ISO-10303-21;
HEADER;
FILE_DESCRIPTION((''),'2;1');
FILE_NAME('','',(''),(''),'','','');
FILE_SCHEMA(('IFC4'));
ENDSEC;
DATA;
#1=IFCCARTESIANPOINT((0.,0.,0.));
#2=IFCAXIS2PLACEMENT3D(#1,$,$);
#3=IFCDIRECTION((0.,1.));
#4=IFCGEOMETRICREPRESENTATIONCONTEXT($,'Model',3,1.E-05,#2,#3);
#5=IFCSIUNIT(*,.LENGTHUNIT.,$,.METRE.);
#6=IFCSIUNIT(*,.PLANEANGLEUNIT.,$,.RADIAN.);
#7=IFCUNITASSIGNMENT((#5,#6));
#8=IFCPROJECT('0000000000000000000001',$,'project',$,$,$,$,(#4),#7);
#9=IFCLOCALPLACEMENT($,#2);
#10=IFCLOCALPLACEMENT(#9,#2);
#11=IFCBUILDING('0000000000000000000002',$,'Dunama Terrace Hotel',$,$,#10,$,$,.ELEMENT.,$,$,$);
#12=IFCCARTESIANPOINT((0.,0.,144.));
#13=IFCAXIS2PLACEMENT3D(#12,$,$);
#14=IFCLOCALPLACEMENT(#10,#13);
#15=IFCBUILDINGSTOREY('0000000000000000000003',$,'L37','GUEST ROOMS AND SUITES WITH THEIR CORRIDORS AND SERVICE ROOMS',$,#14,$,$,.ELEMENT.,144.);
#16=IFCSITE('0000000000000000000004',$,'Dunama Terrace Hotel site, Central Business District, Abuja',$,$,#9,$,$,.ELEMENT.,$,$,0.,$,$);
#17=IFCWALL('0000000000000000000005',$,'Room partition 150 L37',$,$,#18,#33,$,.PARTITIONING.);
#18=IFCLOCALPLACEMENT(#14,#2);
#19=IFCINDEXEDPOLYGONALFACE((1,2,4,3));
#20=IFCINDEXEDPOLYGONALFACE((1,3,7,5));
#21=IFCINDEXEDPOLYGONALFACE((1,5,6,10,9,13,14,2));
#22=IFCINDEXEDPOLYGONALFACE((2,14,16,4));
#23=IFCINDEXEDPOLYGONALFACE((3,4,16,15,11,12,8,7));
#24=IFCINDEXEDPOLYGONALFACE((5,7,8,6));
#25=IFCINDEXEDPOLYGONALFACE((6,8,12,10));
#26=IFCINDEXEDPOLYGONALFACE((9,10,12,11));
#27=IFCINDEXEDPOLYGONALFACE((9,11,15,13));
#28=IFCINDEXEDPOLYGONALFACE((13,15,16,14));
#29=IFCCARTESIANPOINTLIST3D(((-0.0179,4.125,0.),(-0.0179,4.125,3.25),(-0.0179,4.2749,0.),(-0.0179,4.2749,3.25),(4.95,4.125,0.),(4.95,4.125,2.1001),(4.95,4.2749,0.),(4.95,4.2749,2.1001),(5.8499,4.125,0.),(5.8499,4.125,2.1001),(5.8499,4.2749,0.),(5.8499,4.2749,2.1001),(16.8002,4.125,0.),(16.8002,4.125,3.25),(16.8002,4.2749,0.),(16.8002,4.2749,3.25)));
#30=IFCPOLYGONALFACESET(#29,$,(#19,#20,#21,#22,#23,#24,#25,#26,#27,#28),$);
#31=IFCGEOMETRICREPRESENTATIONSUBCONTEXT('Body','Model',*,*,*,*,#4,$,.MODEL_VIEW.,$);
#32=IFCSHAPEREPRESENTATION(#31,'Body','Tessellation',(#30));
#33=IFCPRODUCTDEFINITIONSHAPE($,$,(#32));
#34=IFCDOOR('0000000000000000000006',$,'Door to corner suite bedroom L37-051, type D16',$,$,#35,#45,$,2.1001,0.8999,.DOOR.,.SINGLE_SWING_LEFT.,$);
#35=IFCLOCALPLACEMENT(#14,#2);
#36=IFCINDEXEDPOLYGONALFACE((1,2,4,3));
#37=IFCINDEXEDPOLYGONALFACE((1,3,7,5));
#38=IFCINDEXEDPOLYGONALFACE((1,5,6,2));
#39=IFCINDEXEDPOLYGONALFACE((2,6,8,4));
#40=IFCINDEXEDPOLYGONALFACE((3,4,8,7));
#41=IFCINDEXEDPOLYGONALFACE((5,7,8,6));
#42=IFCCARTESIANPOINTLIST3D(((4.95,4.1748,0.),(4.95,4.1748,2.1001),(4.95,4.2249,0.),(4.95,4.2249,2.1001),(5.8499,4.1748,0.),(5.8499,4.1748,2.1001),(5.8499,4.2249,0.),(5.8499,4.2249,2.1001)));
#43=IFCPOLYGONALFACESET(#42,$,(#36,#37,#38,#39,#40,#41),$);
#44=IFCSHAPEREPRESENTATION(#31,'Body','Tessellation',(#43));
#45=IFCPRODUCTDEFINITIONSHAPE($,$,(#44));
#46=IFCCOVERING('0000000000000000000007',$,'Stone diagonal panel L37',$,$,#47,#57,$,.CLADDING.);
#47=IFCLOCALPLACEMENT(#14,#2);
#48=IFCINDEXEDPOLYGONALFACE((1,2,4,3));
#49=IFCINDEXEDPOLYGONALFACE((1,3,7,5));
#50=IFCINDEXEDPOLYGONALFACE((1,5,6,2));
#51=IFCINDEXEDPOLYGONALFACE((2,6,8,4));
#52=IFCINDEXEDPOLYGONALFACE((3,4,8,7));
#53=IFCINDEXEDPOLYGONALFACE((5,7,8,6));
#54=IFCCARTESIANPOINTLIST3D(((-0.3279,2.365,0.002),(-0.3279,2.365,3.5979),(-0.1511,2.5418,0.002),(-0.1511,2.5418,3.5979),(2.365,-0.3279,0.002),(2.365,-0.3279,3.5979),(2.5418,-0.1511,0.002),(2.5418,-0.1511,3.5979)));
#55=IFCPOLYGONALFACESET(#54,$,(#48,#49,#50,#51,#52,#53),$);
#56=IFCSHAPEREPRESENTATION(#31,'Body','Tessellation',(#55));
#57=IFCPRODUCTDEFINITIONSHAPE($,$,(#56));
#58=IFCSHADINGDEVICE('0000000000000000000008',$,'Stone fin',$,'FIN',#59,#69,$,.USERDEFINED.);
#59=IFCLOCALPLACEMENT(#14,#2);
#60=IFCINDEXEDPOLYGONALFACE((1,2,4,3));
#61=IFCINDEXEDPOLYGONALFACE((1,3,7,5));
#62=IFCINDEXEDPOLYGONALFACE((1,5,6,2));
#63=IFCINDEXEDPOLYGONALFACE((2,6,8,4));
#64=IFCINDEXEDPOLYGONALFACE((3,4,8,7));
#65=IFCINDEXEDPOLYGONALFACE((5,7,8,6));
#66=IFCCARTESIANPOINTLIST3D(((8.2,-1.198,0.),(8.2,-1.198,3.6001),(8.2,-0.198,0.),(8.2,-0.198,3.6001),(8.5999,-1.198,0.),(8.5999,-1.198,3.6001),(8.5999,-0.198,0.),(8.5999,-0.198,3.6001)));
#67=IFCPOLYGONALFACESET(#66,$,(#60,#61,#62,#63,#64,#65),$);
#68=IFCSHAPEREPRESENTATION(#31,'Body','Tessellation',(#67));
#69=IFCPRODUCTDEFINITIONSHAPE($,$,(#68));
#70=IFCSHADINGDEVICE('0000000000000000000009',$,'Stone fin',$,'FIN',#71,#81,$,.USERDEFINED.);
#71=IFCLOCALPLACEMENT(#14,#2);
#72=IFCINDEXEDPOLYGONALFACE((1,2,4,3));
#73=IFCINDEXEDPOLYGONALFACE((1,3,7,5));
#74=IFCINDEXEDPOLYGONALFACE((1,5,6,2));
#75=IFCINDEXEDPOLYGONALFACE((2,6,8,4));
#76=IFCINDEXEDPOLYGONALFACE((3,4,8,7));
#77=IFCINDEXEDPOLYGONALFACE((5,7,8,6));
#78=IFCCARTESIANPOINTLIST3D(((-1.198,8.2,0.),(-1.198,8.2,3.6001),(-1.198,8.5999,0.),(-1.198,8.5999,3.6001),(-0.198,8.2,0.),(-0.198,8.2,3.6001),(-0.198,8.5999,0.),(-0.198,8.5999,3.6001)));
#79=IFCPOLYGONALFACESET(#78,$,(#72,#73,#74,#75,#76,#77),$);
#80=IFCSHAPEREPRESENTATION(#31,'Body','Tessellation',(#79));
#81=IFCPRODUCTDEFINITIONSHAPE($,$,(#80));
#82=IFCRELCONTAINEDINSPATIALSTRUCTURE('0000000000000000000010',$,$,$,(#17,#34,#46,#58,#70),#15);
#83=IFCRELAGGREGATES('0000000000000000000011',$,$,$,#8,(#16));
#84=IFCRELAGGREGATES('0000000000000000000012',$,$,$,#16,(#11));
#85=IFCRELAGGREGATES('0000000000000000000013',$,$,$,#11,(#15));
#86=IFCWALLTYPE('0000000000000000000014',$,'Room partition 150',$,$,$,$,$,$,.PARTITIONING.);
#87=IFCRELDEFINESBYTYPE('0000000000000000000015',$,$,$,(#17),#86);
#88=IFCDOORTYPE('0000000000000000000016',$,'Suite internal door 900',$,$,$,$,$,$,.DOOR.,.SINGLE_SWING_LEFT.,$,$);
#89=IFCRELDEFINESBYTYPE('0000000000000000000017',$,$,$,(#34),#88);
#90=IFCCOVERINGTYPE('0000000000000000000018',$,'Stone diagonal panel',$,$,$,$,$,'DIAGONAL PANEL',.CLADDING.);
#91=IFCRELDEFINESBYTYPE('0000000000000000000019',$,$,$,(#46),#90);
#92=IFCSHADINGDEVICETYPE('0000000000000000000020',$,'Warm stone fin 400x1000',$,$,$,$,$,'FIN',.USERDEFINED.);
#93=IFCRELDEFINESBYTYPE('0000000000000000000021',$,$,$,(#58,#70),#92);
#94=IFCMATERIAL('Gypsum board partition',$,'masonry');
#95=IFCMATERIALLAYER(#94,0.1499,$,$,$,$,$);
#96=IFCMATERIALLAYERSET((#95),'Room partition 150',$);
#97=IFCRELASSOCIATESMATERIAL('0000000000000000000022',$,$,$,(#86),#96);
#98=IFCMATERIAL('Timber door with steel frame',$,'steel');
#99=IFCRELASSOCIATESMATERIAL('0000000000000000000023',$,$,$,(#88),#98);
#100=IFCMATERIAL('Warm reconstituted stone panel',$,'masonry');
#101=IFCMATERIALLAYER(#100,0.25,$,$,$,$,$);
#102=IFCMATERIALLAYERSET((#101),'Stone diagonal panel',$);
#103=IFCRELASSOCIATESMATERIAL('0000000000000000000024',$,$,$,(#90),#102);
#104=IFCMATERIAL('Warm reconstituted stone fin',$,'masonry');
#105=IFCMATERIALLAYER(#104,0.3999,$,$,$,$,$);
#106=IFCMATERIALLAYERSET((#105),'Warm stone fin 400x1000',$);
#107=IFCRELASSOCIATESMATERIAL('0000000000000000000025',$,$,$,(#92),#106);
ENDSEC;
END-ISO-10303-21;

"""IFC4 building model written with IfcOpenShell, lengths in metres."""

from ifc_helpers import new_model, si_unit, direction, frame, frame_2d, origin, origin_2d, place, context, subcontext, project, spatial, rectangle, extrude, material, layer, layer_set, type_object, element, fill, save


model = new_model("IFC4")

# Units and contexts
model_context = context("Model", 3, precision=1e-05, world=origin(), true_north=direction((0.0, 1.0)))
body_context = subcontext(model_context, "Body", "Model", "MODEL_VIEW")
ifc_project = project(units=[si_unit("LENGTHUNIT", "METRE"), si_unit("PLANEANGLEUNIT", "RADIAN")], contexts=[model_context])

# Site, building, storey
site_placement = place(None, origin())
site = spatial("IfcSite", under=ifc_project, at=site_placement, Name="Dunama Terrace Hotel site, Central Business District, Abuja", CompositionType="ELEMENT", RefElevation=0.0)
building_placement = place(site_placement, origin())
building = spatial("IfcBuilding", under=site, at=building_placement, Name="Dunama Terrace Hotel", CompositionType="ELEMENT")
storey_placement = place(building_placement, frame((0.0, 0.0, 144.0)))
storey = spatial("IfcBuildingStorey", under=building, at=storey_placement, Name="L37", Description="GUEST ROOMS AND SUITES WITH THEIR CORRIDORS AND SERVICE ROOMS", CompositionType="ELEMENT", Elevation=144.0)

# Wall, opening, door
ifc_material_1 = material(Name="Gypsum board partition", Category="masonry")
ifc_layer_1 = layer(ifc_material_1, 0.1499)
ifc_layer_set_1 = layer_set([ifc_layer_1], Name="Room partition 150")
wall_type = type_object("IfcWallType", Name="Room partition 150", PredefinedType="PARTITIONING", material=ifc_layer_set_1)
wall_placement = place(storey_placement, frame((-0.0181, 4.2, 0.0), z_axis=(0.0, 0.0, 1.0), x_axis=(1.0, 0.0, 0.0)))
wall = element("IfcWall", 1, at=wall_placement, inside=storey, type_object=wall_type, Name="Room partition 150 L37", PredefinedType="PARTITIONING", context=body_context, shape_type="SweptSolid", body=[
    extrude(rectangle(XDim=16.8181, YDim=0.1499, at=frame_2d((8.4092, 0.0))), origin(), (0.0, 0.0, 1.0), 3.25),
])
opening_placement = place(wall_placement, frame((4.968, 0.0, 0.0)))
opening = element("IfcOpeningElement", 2, at=opening_placement, cuts=wall, PredefinedType="OPENING", context=body_context, shape_type="SweptSolid", body=[
    extrude(rectangle(XDim=0.8999, YDim=2.1001, at=frame_2d((0.45, 1.05))), frame((0.0, 0.085, 0.0), z_axis=(0.0, -1.0, 0.0), x_axis=(1.0, 0.0, 0.0)), (0.0, 0.0, 1.0), 0.1699),
])
ifc_material_2 = material(Name="Timber door with steel frame", Category="steel")
door_type = type_object("IfcDoorType", Name="Suite internal door 900", OperationType="SINGLE_SWING_LEFT", PredefinedType="DOOR", material=ifc_material_2)
door_placement = place(opening_placement, frame((0.8999, 0.0, 0.0), z_axis=(0.0, 0.0, 1.0), x_axis=(-1.0, 0.0, 0.0)))
door = element("IfcDoor", 3, at=door_placement, inside=storey, type_object=door_type, Name="Door to corner suite bedroom L37-051, type D16", OperationType="SINGLE_SWING_LEFT", OverallHeight=2.1001, OverallWidth=0.8999, PredefinedType="DOOR", context=body_context, shape_type="SweptSolid", body=[
    extrude(rectangle(XDim=0.8999, YDim=2.1001, at=frame_2d((0.45, 1.05))), frame((0.0, 0.0251, 0.0), z_axis=(0.0, -1.0, 0.0), x_axis=(1.0, 0.0, 0.0)), (0.0, 0.0, 1.0), 0.05),
])
fill(opening, door)

# Covering
ifc_material_3 = material(Name="Warm reconstituted stone panel", Category="masonry")
ifc_layer_2 = layer(ifc_material_3, 0.25)
ifc_layer_set_2 = layer_set([ifc_layer_2], Name="Stone diagonal panel")
covering_type = type_object("IfcCoveringType", Name="Stone diagonal panel", ElementType="DIAGONAL PANEL", PredefinedType="CLADDING", material=ifc_layer_set_2)
covering_placement = place(storey_placement, frame((1.1069, 1.1069, 0.002), z_axis=(0.0, 0.0, 1.0), x_axis=(0.707107, -0.707107, 0.0)))
element("IfcCovering", 4, at=covering_placement, inside=storey, type_object=covering_type, Name="Stone diagonal panel L37", PredefinedType="CLADDING", context=body_context, shape_type="SweptSolid", body=[
    extrude(rectangle(XDim=3.8083, YDim=0.25, at=origin_2d()), origin(), (0.0, 0.0, 1.0), 3.5959),
])

# Shading devices
ifc_material_4 = material(Name="Warm reconstituted stone fin", Category="masonry")
ifc_layer_3 = layer(ifc_material_4, 0.3999)
ifc_layer_set_3 = layer_set([ifc_layer_3], Name="Warm stone fin 400x1000")
shading_device_type = type_object("IfcShadingDeviceType", Name="Warm stone fin 400x1000", ElementType="FIN", PredefinedType="USERDEFINED", material=ifc_layer_set_3)
for number, where, z_axis, x_axis, name in (
    (5, (8.3999, -0.698, 0.0), (0.0, 0.0, 1.0), (1.0, 0.0, 0.0), "Stone fin"),
    (6, (-0.698, 8.3999, 0.0), (0.0, 0.0, 1.0), (0.0, -1.0, 0.0), "Stone fin"),
):
    element("IfcShadingDevice", number, at=place(storey_placement, frame(where, z_axis=z_axis, x_axis=x_axis)), inside=storey, type_object=shading_device_type, Name=name, ObjectType="FIN", PredefinedType="USERDEFINED", context=body_context, shape_type="SweptSolid", body=[
        extrude(rectangle(XDim=0.3999, YDim=1.0, at=origin_2d()), origin(), (0.0, 0.0, 1.0), 3.6001),
    ])

save(model, "model.ifc")
